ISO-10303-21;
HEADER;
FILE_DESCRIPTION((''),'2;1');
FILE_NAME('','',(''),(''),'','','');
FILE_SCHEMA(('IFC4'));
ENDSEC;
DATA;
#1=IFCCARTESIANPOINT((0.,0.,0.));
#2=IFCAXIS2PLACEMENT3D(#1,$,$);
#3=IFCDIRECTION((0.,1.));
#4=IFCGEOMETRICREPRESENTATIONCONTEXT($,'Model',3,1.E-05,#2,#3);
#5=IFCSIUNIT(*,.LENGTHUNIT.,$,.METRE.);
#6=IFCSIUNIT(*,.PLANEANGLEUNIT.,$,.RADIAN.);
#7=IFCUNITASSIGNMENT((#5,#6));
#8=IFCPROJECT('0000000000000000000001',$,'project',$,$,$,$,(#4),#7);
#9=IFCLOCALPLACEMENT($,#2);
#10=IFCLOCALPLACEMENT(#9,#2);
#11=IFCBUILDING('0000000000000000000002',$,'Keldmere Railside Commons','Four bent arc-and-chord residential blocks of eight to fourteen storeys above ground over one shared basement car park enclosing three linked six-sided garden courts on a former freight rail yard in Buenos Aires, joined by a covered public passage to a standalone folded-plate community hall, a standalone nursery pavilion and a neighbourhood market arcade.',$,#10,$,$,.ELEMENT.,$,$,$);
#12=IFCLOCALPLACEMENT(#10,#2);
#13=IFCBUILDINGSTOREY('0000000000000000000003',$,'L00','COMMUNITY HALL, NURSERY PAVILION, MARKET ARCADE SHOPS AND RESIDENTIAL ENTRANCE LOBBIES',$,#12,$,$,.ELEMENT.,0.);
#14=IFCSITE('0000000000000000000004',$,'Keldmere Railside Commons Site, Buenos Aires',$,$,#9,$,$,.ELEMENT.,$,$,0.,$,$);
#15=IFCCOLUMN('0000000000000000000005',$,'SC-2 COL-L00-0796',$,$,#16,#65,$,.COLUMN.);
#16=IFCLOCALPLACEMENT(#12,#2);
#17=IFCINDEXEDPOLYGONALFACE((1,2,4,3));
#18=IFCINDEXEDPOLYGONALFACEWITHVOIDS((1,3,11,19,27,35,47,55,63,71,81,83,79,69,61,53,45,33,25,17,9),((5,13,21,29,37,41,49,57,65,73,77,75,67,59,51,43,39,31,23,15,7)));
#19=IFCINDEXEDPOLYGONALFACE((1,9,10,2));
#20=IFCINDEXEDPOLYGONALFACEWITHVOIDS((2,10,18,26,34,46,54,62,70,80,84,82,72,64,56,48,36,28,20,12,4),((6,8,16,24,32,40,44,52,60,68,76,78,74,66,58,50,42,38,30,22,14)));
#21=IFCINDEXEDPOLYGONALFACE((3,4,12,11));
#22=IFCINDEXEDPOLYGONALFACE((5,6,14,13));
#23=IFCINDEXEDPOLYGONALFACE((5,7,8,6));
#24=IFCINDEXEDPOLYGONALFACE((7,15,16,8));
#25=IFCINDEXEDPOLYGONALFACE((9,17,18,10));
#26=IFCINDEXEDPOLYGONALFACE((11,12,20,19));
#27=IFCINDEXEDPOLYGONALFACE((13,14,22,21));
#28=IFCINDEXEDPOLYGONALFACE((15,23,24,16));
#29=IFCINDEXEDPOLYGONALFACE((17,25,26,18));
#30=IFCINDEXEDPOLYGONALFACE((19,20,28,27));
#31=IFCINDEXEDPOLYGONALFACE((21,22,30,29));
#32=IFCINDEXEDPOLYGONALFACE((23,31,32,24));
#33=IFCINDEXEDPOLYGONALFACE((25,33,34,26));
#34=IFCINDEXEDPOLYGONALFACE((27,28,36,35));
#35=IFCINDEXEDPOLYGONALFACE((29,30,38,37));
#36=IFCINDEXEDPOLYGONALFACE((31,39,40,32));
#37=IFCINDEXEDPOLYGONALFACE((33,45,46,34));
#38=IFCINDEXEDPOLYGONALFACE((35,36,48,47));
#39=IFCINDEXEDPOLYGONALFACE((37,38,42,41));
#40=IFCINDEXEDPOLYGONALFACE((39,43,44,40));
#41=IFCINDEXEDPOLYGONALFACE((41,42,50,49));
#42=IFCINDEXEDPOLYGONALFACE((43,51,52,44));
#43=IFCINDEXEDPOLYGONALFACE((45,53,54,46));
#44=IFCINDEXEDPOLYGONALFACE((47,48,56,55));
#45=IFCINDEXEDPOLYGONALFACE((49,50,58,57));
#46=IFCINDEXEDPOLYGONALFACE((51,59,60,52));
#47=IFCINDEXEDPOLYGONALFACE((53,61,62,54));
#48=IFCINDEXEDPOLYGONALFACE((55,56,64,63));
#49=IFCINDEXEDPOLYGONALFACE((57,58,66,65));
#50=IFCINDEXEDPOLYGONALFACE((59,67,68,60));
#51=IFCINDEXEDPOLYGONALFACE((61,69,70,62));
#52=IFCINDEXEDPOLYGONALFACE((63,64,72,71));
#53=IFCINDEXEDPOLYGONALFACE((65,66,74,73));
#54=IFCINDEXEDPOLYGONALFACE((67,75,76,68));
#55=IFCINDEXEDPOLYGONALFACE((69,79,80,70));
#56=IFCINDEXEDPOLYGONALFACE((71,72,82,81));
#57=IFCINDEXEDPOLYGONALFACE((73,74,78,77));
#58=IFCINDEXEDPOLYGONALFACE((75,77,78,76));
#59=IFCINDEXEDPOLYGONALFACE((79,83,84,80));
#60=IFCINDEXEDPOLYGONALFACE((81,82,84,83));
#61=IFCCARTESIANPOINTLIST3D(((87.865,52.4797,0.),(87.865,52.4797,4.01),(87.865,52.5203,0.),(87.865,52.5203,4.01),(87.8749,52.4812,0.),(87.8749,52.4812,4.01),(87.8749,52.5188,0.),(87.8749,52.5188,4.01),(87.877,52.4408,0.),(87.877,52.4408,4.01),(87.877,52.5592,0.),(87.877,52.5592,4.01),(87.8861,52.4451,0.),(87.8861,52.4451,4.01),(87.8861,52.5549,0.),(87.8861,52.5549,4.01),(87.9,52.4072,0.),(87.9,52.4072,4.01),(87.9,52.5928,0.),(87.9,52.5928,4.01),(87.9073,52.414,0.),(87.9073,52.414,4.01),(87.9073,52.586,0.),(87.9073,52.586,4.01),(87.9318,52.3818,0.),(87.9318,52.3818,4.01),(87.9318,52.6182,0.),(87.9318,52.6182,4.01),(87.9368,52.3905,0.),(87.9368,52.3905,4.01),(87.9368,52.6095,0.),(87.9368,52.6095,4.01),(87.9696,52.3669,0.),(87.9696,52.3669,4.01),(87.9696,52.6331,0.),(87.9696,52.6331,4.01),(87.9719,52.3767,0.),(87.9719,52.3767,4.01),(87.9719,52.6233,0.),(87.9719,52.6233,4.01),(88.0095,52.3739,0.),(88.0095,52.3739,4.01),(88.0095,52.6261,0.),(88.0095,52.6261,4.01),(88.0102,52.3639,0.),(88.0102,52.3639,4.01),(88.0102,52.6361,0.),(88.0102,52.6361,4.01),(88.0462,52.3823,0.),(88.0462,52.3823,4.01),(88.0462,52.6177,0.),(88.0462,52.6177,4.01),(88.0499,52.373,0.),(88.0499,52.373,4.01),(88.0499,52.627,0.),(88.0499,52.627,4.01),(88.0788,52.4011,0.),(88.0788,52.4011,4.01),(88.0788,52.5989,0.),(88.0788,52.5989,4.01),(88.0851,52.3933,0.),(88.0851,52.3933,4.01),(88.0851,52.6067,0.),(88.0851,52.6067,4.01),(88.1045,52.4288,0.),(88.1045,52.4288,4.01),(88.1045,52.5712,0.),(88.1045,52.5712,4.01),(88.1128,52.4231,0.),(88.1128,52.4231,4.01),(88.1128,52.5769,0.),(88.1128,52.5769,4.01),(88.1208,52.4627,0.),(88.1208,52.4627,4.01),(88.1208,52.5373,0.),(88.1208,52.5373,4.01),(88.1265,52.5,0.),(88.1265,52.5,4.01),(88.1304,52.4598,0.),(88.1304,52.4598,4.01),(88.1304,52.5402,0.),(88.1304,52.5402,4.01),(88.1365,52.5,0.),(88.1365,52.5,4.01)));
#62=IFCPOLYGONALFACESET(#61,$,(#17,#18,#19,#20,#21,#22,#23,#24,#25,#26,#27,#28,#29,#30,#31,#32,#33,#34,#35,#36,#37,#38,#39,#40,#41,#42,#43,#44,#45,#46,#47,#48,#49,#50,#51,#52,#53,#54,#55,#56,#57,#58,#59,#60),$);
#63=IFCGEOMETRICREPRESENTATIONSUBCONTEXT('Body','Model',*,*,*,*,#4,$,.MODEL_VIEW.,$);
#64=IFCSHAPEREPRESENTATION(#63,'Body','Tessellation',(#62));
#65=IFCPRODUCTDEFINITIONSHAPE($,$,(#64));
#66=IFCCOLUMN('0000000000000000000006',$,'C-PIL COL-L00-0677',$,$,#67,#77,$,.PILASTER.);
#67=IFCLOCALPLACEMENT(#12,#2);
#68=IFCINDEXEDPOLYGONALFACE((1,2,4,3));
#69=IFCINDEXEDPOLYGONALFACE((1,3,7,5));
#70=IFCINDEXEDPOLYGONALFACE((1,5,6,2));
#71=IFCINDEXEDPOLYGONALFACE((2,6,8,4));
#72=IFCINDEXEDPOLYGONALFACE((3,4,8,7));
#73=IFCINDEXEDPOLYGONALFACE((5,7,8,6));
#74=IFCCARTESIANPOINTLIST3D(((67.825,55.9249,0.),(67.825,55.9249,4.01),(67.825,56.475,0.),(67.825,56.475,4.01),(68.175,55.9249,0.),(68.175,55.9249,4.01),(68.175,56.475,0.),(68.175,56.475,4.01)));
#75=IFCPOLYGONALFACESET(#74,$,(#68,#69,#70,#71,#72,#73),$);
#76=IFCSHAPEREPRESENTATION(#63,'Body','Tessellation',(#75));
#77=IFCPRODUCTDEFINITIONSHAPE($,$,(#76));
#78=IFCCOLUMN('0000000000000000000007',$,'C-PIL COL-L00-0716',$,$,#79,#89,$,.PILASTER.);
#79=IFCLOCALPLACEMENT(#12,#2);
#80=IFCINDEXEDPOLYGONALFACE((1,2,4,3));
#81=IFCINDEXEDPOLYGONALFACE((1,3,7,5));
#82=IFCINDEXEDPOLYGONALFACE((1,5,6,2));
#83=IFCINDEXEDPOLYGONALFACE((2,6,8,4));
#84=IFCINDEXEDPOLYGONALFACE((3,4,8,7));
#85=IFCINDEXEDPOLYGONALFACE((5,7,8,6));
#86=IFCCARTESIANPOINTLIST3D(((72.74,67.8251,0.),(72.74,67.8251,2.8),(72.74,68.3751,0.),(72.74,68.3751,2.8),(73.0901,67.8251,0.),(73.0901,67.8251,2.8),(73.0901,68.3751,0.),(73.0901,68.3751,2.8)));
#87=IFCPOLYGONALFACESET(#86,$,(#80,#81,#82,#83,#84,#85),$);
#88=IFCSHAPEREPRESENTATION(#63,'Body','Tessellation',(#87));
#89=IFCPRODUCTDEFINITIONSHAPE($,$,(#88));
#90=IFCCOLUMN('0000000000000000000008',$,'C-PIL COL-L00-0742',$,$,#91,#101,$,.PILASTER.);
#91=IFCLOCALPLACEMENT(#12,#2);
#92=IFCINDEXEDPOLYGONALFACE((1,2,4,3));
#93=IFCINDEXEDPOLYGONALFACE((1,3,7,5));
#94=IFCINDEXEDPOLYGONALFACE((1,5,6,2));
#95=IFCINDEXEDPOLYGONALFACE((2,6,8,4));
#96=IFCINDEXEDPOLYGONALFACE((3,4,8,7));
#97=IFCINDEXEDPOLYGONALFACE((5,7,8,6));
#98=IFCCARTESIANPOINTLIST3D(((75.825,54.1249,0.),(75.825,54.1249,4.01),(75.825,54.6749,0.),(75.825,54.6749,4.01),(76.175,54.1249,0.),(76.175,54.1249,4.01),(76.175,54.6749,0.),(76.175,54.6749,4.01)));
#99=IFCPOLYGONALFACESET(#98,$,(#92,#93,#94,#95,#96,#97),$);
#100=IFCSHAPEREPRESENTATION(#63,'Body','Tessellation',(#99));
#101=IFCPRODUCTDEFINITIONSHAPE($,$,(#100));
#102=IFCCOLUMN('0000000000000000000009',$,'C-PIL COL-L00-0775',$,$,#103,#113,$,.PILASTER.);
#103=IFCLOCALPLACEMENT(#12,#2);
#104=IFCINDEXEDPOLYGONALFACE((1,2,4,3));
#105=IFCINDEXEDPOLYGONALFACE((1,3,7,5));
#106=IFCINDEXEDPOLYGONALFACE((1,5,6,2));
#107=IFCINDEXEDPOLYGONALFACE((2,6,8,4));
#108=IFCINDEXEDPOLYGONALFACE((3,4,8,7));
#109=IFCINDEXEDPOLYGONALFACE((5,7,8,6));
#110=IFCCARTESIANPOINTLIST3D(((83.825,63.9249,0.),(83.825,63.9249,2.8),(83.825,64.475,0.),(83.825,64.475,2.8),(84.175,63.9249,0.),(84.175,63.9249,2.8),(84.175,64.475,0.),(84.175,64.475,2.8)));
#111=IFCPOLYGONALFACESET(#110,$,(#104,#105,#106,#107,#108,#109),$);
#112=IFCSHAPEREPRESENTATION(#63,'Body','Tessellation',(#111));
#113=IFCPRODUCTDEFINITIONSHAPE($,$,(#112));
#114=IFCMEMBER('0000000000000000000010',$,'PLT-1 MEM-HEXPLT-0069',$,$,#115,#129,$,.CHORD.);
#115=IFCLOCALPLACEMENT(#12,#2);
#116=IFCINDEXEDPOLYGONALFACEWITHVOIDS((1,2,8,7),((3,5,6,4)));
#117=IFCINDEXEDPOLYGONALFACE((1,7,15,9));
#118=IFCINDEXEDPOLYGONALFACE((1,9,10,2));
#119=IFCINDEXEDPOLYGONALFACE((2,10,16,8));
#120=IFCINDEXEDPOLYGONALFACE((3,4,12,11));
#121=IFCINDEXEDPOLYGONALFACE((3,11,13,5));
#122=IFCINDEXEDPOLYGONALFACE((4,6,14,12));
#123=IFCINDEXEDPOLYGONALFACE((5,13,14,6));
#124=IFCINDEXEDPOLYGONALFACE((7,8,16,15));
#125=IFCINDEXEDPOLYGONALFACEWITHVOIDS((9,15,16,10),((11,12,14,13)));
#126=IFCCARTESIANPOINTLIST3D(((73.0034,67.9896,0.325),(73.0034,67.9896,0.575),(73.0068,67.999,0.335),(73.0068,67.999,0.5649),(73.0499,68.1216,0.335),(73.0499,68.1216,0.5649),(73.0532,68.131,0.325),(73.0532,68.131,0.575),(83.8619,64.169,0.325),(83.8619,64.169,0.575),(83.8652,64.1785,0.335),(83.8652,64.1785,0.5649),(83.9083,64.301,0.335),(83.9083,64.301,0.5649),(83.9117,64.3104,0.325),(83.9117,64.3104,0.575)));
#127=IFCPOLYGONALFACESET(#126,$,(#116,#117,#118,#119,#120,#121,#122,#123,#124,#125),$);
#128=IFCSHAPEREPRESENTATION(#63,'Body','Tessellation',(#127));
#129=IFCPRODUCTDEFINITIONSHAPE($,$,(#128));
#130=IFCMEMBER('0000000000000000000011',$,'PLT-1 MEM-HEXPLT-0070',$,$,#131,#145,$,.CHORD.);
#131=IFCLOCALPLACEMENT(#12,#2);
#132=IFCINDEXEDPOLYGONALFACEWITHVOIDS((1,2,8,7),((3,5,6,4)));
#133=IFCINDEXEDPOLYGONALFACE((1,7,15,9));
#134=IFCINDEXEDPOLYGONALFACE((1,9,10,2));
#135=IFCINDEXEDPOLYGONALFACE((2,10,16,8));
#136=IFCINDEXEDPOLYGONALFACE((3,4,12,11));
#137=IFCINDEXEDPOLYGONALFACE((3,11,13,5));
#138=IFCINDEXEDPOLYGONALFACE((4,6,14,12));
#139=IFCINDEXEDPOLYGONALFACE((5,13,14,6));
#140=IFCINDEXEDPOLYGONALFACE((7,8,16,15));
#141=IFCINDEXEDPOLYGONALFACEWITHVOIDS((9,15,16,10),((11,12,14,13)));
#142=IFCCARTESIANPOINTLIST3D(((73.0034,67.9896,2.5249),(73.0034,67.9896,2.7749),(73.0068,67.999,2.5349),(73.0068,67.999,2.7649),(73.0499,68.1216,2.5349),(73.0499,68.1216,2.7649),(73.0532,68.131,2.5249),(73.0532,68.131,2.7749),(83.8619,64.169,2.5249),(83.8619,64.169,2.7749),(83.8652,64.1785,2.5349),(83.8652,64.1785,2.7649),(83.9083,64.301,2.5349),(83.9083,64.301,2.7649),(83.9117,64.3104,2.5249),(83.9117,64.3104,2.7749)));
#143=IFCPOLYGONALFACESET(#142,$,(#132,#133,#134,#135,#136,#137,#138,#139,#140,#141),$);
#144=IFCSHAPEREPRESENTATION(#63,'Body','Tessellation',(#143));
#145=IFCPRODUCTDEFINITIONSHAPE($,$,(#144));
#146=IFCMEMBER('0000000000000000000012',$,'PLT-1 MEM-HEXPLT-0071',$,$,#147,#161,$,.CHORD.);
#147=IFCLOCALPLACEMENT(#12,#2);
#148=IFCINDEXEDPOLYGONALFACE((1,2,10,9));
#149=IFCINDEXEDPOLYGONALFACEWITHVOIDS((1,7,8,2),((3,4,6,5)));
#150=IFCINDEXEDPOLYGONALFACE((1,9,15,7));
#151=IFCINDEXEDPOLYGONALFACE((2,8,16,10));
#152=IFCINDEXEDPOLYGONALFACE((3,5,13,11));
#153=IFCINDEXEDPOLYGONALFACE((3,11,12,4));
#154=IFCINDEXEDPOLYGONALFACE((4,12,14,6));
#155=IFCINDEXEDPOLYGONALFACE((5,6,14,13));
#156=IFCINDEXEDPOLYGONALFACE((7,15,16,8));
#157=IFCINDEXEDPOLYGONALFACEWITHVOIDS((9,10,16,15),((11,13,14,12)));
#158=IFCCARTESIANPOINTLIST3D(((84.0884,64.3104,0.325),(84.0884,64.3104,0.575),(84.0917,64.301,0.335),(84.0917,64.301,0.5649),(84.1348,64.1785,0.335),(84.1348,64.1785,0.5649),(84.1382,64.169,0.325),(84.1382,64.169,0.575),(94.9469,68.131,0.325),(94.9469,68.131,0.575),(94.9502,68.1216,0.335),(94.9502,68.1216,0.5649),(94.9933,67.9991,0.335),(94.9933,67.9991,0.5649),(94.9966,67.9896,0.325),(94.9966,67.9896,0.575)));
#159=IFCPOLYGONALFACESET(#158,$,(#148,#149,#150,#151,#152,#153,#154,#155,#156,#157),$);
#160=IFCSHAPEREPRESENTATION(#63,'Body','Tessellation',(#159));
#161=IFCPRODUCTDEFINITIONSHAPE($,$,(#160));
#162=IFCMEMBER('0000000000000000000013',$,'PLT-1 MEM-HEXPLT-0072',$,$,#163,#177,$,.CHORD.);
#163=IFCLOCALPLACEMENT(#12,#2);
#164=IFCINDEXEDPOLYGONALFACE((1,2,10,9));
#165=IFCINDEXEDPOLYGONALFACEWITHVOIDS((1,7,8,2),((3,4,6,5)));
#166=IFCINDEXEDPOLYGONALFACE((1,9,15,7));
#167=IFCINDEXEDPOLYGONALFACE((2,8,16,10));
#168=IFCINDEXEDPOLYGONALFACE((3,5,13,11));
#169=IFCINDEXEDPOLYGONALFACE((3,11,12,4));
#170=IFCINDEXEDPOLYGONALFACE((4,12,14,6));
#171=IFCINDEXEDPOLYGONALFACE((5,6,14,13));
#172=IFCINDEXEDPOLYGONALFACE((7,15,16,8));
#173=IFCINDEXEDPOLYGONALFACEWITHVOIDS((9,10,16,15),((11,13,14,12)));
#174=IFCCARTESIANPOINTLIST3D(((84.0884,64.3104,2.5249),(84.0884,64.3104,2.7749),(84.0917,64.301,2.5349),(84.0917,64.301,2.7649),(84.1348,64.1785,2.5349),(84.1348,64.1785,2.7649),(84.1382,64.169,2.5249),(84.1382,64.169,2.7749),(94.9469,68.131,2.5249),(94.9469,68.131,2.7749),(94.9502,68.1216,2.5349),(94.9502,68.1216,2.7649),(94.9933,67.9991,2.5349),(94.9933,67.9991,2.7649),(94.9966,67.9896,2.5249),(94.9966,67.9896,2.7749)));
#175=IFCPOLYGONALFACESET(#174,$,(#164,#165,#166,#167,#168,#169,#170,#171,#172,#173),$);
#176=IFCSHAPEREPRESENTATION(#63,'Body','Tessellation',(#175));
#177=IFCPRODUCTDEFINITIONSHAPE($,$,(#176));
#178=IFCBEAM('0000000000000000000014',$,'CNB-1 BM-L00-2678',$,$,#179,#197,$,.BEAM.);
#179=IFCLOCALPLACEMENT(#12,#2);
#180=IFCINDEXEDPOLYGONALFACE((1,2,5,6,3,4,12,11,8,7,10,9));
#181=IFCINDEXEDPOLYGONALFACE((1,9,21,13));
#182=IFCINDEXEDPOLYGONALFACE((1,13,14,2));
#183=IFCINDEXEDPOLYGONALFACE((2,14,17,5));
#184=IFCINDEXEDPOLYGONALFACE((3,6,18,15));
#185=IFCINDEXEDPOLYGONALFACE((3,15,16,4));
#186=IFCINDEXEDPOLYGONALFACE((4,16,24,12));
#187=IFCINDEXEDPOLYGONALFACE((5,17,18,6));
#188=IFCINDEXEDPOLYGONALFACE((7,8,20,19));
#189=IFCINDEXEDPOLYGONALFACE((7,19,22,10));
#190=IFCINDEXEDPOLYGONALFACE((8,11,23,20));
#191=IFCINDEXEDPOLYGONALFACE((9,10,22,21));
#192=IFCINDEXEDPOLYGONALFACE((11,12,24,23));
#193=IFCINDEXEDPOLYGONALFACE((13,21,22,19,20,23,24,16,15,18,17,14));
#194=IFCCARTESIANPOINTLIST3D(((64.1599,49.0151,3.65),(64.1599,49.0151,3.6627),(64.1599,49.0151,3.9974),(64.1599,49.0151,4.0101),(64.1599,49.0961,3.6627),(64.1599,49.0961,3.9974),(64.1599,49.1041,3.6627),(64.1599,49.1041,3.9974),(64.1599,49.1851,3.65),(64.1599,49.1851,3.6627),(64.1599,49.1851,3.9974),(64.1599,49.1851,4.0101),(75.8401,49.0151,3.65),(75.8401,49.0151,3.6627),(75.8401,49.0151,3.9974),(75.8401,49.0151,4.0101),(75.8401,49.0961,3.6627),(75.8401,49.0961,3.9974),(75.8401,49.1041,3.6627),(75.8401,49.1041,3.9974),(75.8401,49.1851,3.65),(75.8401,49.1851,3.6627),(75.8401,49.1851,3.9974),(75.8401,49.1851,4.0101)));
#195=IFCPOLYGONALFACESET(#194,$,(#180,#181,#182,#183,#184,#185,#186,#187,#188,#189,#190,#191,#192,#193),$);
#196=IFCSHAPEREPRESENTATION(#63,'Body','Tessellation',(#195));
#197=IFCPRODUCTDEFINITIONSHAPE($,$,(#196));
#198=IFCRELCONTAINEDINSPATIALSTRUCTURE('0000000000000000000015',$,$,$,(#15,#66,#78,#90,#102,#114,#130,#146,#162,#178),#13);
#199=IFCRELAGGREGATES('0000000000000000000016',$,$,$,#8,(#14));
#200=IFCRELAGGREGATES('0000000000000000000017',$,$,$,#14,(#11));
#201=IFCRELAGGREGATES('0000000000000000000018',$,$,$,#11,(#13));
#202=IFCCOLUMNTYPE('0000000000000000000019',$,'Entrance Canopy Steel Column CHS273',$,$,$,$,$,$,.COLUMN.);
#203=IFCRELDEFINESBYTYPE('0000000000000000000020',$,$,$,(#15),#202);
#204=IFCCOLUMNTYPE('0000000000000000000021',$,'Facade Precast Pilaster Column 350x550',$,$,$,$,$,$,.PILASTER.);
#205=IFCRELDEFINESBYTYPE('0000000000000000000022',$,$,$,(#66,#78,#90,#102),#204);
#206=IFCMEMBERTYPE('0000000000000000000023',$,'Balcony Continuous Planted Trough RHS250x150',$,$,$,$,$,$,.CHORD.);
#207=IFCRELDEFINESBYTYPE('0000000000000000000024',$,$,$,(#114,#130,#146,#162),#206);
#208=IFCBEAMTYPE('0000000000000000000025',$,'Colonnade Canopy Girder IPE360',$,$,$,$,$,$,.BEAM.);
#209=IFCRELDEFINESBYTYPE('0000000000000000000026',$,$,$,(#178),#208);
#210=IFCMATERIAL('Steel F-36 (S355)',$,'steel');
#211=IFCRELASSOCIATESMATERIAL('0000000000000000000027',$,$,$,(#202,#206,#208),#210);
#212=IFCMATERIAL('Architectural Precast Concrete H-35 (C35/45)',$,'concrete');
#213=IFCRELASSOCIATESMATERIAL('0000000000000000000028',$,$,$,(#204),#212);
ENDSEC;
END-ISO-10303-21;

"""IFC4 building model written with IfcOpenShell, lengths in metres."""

from ifc_helpers import new_model, si_unit, direction, frame, origin, origin_2d, place, context, subcontext, project, spatial, rectangle, hollow_rectangle, hollow_circle, i_section, extrude, material, material_profile, profile_set, type_object, element, save


model = new_model("IFC4")

# Units and contexts
model_context = context("Model", 3, precision=1e-05, world=origin(), true_north=direction((0.0, 1.0)))
body_context = subcontext(model_context, "Body", "Model", "MODEL_VIEW")
ifc_project = project(units=[si_unit("LENGTHUNIT", "METRE"), si_unit("PLANEANGLEUNIT", "RADIAN")], contexts=[model_context])

# Site, building, storey
site_placement = place(None, origin())
site = spatial("IfcSite", under=ifc_project, at=site_placement, Name="Keldmere Railside Commons Site, Buenos Aires", CompositionType="ELEMENT", RefElevation=0.0)
building_placement = place(site_placement, origin())
building = spatial("IfcBuilding", under=site, at=building_placement, Name="Keldmere Railside Commons", Description="Four bent arc-and-chord residential blocks of eight to fourteen storeys above ground over one shared basement car park enclosing three linked six-sided garden courts on a former freight rail yard in Buenos Aires, joined by a covered public passage to a standalone folded-plate community hall, a standalone nursery pavilion and a neighbourhood market arcade.", CompositionType="ELEMENT")
storey_placement = place(building_placement, origin())
storey = spatial("IfcBuildingStorey", under=building, at=storey_placement, Name="L00", Description="COMMUNITY HALL, NURSERY PAVILION, MARKET ARCADE SHOPS AND RESIDENTIAL ENTRANCE LOBBIES", CompositionType="ELEMENT", Elevation=0.0)

# Columns
ifc_material_1 = material(Name="Steel F-36 (S355)", Category="steel")
ifc_material_profile_1 = material_profile(ifc_material_1, hollow_circle(Radius=0.1365, WallThickness=0.01, at=origin_2d()), Name="CHS-273x10")
ifc_profile_set_1 = profile_set([ifc_material_profile_1], Name="Steel F-36 (S355)")
column_type_1 = type_object("IfcColumnType", Name="Entrance Canopy Steel Column CHS273", PredefinedType="COLUMN", material=ifc_profile_set_1)
for number, where, z_axis, x_axis, name in (
    (1, (88.0, 52.5, 0.0), (0.0, 0.0, 1.0), (1.0, 0.0, 0.0), "SC-2 COL-L00-0796"),
):
    element("IfcColumn", number, at=place(storey_placement, frame(where, z_axis=z_axis, x_axis=x_axis)), inside=storey, type_object=column_type_1, Name=name, PredefinedType="COLUMN", context=body_context, shape_type="SweptSolid", body=[
        extrude(hollow_circle(Radius=0.1365, WallThickness=0.01, at=origin_2d()), origin(), (0.0, 0.0, 1.0), 4.01),
    ])
ifc_material_2 = material(Name="Architectural Precast Concrete H-35 (C35/45)", Category="concrete")
ifc_material_profile_2 = material_profile(ifc_material_2, rectangle(XDim=0.3501, YDim=0.55, at=origin_2d()), Name="RC-350x550")
ifc_profile_set_2 = profile_set([ifc_material_profile_2], Name="Architectural Precast Concrete H-35 (C35/45)")
column_type_2 = type_object("IfcColumnType", Name="Facade Precast Pilaster Column 350x550", PredefinedType="PILASTER", material=ifc_profile_set_2)
column_1_placement = place(storey_placement, frame((68.0, 56.2, 0.0), z_axis=(0.0, 0.0, 1.0), x_axis=(1.0, 0.0, 0.0)))
element("IfcColumn", 2, at=column_1_placement, inside=storey, type_object=column_type_2, Name="C-PIL COL-L00-0677", PredefinedType="PILASTER", context=body_context, shape_type="SweptSolid", body=[
    extrude(rectangle(XDim=0.3501, YDim=0.55, at=origin_2d()), origin(), (0.0, 0.0, 1.0), 4.01),
])
column_2_placement = place(storey_placement, frame((72.915, 68.1001, 0.0), z_axis=(0.0, 0.0, 1.0), x_axis=(1.0, 0.0, 0.0)))
element("IfcColumn", 3, at=column_2_placement, inside=storey, type_object=column_type_2, Name="C-PIL COL-L00-0716", PredefinedType="PILASTER", context=body_context, shape_type="SweptSolid", body=[
    extrude(rectangle(XDim=0.3501, YDim=0.55, at=origin_2d()), origin(), (0.0, 0.0, 1.0), 2.8),
])
column_3_placement = place(storey_placement, frame((76.0, 54.3999, 0.0), z_axis=(0.0, 0.0, 1.0), x_axis=(1.0, 0.0, 0.0)))
element("IfcColumn", 4, at=column_3_placement, inside=storey, type_object=column_type_2, Name="C-PIL COL-L00-0742", PredefinedType="PILASTER", context=body_context, shape_type="SweptSolid", body=[
    extrude(rectangle(XDim=0.3501, YDim=0.55, at=origin_2d()), origin(), (0.0, 0.0, 1.0), 4.01),
])
column_4_placement = place(storey_placement, frame((84.0, 64.2, 0.0), z_axis=(0.0, 0.0, 1.0), x_axis=(1.0, 0.0, 0.0)))
element("IfcColumn", 5, at=column_4_placement, inside=storey, type_object=column_type_2, Name="C-PIL COL-L00-0775", PredefinedType="PILASTER", context=body_context, shape_type="SweptSolid", body=[
    extrude(rectangle(XDim=0.3501, YDim=0.55, at=origin_2d()), origin(), (0.0, 0.0, 1.0), 2.8),
])

# Members
ifc_material_profile_3 = material_profile(ifc_material_1, hollow_rectangle(XDim=0.1499, YDim=0.25, WallThickness=0.01, at=origin_2d()), Name="RHS-250x150x10")
ifc_profile_set_3 = profile_set([ifc_material_profile_3], Name="Steel F-36 (S355)")
member_type_1 = type_object("IfcMemberType", Name="Balcony Continuous Planted Trough RHS250x150", PredefinedType="CHORD", material=ifc_profile_set_3)
for number, where, z_axis, x_axis, name in (
    (6, (73.0283, 68.0603, 0.45), (0.943312, -0.331907, 0.0), (0.331907, 0.943312, 0.0), "PLT-1 MEM-HEXPLT-0069"),
    (7, (73.0283, 68.0603, 2.6499), (0.943312, -0.331907, 0.0), (0.331907, 0.943312, 0.0), "PLT-1 MEM-HEXPLT-0070"),
    (8, (84.1133, 64.2397, 0.45), (0.943312, 0.331907, 0.0), (-0.331907, 0.943312, 0.0), "PLT-1 MEM-HEXPLT-0071"),
    (9, (84.1133, 64.2397, 2.6499), (0.943312, 0.331907, 0.0), (-0.331907, 0.943312, 0.0), "PLT-1 MEM-HEXPLT-0072"),
):
    element("IfcMember", number, at=place(storey_placement, frame(where, z_axis=z_axis, x_axis=x_axis)), inside=storey, type_object=member_type_1, Name=name, PredefinedType="CHORD", context=body_context, shape_type="SweptSolid", body=[
        extrude(hollow_rectangle(XDim=0.1499, YDim=0.25, WallThickness=0.01, at=origin_2d()), origin(), (0.0, 0.0, 1.0), 11.511),
    ])

# Beam
ifc_material_profile_4 = material_profile(ifc_material_1, i_section(OverallWidth=0.1699, OverallDepth=0.3601, WebThickness=0.0081, FlangeThickness=0.0127, at=origin_2d()), Name="IPE-360")
ifc_profile_set_4 = profile_set([ifc_material_profile_4], Name="Steel F-36 (S355)")
beam_type_1 = type_object("IfcBeamType", Name="Colonnade Canopy Girder IPE360", PredefinedType="BEAM", material=ifc_profile_set_4)
for number, where, z_axis, x_axis, name in (
    (10, (64.1599, 49.1001, 3.8301), (1.0, 0.0, 0.0), (0.0, 1.0, 0.0), "CNB-1 BM-L00-2678"),
):
    element("IfcBeam", number, at=place(storey_placement, frame(where, z_axis=z_axis, x_axis=x_axis)), inside=storey, type_object=beam_type_1, Name=name, PredefinedType="BEAM", context=body_context, shape_type="SweptSolid", body=[
        extrude(i_section(OverallWidth=0.1699, OverallDepth=0.3601, WebThickness=0.0081, FlangeThickness=0.0127, at=origin_2d()), origin(), (0.0, 0.0, 1.0), 11.6802),
    ])

save(model, "model.ifc")
